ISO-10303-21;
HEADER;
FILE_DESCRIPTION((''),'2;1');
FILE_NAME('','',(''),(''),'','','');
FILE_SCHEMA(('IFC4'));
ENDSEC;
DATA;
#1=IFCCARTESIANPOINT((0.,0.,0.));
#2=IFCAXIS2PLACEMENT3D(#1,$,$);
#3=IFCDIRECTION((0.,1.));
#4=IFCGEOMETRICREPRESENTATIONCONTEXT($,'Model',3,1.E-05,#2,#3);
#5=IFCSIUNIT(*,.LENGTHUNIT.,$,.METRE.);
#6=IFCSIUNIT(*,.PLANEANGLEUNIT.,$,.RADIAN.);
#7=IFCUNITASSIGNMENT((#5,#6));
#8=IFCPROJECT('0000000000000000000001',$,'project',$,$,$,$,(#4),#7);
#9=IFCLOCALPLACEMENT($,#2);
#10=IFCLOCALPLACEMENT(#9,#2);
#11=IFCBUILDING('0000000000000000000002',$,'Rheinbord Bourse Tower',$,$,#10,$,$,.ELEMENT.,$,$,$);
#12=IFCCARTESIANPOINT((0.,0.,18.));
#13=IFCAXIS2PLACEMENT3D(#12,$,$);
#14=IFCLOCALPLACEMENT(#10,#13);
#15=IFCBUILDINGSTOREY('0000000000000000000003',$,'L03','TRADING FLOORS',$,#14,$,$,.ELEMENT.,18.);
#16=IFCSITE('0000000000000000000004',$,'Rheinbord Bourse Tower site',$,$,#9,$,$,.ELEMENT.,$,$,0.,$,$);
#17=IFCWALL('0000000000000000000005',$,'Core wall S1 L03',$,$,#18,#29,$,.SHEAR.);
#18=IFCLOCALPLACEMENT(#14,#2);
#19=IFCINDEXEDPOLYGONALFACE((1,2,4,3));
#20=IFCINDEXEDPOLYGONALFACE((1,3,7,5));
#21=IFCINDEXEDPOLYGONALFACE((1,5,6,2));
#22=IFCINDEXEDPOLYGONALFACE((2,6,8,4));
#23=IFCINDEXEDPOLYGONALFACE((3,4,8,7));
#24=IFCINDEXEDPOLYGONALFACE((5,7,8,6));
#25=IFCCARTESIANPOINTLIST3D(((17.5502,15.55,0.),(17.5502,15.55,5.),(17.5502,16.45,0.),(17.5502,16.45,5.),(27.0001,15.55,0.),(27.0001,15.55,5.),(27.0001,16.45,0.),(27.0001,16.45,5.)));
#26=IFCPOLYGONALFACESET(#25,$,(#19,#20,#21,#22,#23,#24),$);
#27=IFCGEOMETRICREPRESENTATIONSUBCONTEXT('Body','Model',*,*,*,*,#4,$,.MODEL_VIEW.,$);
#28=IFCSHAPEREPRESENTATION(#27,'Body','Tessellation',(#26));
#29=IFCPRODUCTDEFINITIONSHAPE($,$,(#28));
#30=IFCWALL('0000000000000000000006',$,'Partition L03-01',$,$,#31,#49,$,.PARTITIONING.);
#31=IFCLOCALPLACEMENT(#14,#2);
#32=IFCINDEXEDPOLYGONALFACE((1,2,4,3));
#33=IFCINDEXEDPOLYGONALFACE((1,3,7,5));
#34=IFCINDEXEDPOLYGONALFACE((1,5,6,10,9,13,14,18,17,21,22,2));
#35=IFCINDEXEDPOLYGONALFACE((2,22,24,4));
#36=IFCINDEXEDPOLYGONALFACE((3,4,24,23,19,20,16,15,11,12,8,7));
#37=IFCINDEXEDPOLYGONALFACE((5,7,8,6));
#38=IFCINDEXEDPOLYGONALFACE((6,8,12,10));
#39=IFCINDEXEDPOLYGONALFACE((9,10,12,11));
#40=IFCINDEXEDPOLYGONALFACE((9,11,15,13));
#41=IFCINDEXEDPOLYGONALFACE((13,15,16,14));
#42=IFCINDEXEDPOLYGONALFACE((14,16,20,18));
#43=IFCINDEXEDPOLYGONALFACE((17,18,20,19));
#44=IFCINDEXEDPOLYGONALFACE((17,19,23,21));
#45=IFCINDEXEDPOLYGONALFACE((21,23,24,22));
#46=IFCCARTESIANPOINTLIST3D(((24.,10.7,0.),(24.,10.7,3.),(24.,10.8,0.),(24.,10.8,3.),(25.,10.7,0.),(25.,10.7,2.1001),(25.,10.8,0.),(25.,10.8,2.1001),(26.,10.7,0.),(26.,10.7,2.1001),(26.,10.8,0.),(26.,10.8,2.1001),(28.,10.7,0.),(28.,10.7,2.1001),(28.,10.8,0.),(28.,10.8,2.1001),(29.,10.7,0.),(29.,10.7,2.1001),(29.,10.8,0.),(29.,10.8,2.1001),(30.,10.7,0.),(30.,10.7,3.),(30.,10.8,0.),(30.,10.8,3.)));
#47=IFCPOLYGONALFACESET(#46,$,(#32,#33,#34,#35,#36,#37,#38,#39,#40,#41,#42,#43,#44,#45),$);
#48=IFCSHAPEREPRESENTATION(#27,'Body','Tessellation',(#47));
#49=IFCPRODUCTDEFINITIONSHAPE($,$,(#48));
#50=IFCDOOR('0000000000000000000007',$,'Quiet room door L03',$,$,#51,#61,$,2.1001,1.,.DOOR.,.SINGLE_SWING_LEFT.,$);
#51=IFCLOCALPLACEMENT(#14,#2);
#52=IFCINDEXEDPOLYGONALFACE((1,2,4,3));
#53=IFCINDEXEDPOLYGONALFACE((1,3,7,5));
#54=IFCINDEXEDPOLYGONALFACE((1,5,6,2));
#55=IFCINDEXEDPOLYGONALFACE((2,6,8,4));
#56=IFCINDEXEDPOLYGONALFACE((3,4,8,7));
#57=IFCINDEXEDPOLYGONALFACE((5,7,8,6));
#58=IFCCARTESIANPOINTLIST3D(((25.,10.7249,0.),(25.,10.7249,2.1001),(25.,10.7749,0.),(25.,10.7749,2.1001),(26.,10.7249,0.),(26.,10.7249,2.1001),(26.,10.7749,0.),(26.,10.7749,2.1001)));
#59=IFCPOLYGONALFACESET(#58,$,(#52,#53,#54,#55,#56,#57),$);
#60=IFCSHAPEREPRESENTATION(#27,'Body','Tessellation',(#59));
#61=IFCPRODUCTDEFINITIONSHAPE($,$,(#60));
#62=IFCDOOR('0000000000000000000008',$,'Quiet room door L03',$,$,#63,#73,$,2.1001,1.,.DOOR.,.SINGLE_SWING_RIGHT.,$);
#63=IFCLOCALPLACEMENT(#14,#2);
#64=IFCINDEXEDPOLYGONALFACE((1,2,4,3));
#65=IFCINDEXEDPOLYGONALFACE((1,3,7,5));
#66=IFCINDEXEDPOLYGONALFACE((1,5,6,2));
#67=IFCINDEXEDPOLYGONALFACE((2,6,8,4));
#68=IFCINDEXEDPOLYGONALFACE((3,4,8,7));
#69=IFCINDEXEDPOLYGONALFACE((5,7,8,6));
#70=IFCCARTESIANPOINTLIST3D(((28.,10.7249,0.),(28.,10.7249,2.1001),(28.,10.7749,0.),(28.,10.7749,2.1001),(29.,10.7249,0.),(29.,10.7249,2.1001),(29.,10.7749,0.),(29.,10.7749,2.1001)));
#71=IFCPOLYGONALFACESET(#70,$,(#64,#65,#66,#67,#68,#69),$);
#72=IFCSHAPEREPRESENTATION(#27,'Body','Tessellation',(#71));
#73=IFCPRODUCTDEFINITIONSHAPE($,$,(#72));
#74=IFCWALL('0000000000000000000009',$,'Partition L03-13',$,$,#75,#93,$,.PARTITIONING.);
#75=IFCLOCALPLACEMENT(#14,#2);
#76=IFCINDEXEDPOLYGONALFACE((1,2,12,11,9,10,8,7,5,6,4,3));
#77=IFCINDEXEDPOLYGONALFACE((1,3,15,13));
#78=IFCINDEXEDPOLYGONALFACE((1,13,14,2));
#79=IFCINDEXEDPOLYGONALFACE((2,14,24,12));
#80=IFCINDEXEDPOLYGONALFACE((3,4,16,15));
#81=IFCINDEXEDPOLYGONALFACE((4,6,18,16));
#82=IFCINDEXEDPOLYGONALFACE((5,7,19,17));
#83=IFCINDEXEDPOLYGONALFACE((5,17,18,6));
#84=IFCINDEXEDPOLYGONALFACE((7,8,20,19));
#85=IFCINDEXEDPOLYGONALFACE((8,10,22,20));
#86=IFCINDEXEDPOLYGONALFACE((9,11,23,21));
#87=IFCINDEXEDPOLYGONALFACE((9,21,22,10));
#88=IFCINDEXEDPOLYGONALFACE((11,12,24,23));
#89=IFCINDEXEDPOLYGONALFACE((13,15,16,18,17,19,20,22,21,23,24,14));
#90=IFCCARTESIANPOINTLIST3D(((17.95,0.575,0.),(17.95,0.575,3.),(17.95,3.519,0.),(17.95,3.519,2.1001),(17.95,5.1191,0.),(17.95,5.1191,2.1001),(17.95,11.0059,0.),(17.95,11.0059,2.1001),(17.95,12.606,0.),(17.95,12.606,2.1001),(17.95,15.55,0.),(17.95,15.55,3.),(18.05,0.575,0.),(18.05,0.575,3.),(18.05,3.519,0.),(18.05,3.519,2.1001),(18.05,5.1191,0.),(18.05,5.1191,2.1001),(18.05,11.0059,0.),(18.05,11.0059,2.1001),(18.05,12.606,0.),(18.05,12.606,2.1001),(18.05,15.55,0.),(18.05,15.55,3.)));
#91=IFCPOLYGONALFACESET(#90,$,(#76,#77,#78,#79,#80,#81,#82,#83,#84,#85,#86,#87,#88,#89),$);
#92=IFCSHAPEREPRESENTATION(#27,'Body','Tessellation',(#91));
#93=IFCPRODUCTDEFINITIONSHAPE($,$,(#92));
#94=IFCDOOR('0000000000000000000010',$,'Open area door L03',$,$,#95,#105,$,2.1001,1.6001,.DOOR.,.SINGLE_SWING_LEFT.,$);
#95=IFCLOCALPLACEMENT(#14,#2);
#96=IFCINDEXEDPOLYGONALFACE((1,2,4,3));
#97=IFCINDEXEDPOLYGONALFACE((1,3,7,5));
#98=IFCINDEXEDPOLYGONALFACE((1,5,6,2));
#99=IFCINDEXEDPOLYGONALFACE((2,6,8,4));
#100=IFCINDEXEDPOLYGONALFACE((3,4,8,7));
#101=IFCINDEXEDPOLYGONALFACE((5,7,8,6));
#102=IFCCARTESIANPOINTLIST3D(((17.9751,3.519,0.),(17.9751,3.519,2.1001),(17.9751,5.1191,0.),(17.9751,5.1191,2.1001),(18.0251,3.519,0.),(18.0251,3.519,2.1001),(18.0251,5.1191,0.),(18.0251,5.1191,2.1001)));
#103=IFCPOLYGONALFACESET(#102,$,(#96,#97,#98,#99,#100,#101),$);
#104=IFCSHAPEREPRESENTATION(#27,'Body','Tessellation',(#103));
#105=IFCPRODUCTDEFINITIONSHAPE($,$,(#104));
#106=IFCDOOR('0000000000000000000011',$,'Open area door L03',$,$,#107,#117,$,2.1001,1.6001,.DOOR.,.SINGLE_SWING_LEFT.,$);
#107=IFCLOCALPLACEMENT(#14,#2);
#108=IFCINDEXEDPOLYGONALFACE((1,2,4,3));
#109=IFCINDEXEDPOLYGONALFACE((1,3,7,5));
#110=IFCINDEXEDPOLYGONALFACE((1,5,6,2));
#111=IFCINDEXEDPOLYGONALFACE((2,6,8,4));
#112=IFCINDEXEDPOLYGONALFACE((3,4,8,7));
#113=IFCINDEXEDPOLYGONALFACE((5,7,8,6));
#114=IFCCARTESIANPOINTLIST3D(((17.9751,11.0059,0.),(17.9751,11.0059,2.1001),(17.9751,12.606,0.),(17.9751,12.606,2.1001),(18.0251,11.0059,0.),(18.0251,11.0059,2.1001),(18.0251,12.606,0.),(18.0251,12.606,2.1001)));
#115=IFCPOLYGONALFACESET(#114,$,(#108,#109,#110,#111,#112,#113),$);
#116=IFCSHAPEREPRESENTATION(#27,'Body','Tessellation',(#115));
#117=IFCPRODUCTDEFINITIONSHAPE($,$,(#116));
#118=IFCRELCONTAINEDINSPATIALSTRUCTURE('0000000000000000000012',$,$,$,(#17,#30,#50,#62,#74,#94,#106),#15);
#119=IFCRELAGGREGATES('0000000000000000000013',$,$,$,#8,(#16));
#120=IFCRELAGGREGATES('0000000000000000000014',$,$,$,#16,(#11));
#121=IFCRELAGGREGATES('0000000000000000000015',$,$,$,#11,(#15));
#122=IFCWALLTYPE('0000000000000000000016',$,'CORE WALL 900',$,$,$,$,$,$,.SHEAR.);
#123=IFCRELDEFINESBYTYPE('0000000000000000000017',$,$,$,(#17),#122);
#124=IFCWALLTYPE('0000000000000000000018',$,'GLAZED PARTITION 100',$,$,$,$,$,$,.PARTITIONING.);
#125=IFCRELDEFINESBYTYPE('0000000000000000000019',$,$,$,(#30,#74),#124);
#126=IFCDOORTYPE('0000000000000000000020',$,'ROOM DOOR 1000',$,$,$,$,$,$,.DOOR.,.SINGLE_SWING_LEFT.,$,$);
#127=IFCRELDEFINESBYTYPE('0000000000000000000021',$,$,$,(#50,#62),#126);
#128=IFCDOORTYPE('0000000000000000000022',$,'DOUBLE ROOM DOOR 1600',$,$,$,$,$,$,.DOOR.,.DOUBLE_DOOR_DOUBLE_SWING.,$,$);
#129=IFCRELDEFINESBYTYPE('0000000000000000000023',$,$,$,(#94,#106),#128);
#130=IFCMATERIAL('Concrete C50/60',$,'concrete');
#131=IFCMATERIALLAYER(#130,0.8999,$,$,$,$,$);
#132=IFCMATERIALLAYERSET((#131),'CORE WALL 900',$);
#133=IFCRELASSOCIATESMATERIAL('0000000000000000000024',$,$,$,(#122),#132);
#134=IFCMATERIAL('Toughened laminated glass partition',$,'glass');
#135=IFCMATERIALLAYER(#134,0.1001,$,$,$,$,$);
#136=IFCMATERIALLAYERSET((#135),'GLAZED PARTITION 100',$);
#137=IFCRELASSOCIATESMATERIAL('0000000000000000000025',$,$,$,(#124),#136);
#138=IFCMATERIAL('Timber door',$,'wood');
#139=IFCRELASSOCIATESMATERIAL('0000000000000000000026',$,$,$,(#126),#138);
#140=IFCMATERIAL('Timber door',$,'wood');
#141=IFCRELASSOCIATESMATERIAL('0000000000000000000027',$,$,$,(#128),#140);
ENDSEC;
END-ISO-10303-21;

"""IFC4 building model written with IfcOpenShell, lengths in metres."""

from ifc_helpers import new_model, si_unit, direction, frame, frame_2d, origin, place, context, subcontext, project, spatial, rectangle, extrude, material, layer, layer_set, type_object, element, fill, save


model = new_model("IFC4")

# Units and contexts
model_context = context("Model", 3, precision=1e-05, world=origin(), true_north=direction((0.0, 1.0)))
body_context = subcontext(model_context, "Body", "Model", "MODEL_VIEW")
ifc_project = project(units=[si_unit("LENGTHUNIT", "METRE"), si_unit("PLANEANGLEUNIT", "RADIAN")], contexts=[model_context])

# Site, building, storey
site_placement = place(None, origin())
site = spatial("IfcSite", under=ifc_project, at=site_placement, Name="Rheinbord Bourse Tower site", CompositionType="ELEMENT", RefElevation=0.0)
building_placement = place(site_placement, origin())
building = spatial("IfcBuilding", under=site, at=building_placement, Name="Rheinbord Bourse Tower", CompositionType="ELEMENT")
storey_placement = place(building_placement, frame((0.0, 0.0, 18.0)))
storey = spatial("IfcBuildingStorey", under=building, at=storey_placement, Name="L03", Description="TRADING FLOORS", CompositionType="ELEMENT", Elevation=18.0)

# Wall
ifc_material_1 = material(Name="Concrete C50/60", Category="concrete")
ifc_layer_1 = layer(ifc_material_1, 0.8999)
ifc_layer_set_1 = layer_set([ifc_layer_1], Name="CORE WALL 900")
wall_type_1 = type_object("IfcWallType", Name="CORE WALL 900", PredefinedType="SHEAR", material=ifc_layer_set_1)
wall_1_placement = place(storey_placement, frame((17.55, 16.0, 0.0), z_axis=(0.0, 0.0, 1.0), x_axis=(1.0, 0.0, 0.0)))
element("IfcWall", 1, at=wall_1_placement, inside=storey, type_object=wall_type_1, Name="Core wall S1 L03", PredefinedType="SHEAR", context=body_context, shape_type="SweptSolid", body=[
    extrude(rectangle(XDim=9.45, YDim=0.8999, at=frame_2d((4.7251, 0.0))), origin(), (0.0, 0.0, 1.0), 5.0),
])

# Walls, openings, doors
ifc_material_2 = material(Name="Toughened laminated glass partition", Category="glass")
ifc_layer_2 = layer(ifc_material_2, 0.1001)
ifc_layer_set_2 = layer_set([ifc_layer_2], Name="GLAZED PARTITION 100")
wall_type_2 = type_object("IfcWallType", Name="GLAZED PARTITION 100", PredefinedType="PARTITIONING", material=ifc_layer_set_2)
wall_2_placement = place(storey_placement, frame((24.0, 10.75, 0.0), z_axis=(0.0, 0.0, 1.0), x_axis=(1.0, 0.0, 0.0)))
wall_2 = element("IfcWall", 2, at=wall_2_placement, inside=storey, type_object=wall_type_2, Name="Partition L03-01", PredefinedType="PARTITIONING", context=body_context, shape_type="SweptSolid", body=[
    extrude(rectangle(XDim=6.0, YDim=0.1001, at=frame_2d((3.0, 0.0))), origin(), (0.0, 0.0, 1.0), 3.0),
])
opening_1_placement = place(wall_2_placement, frame((1.0, 0.0, 0.0)))
opening_1 = element("IfcOpeningElement", 3, at=opening_1_placement, cuts=wall_2, PredefinedType="OPENING", context=body_context, shape_type="SweptSolid", body=[
    extrude(rectangle(XDim=1.0, YDim=2.1001, at=frame_2d((0.5, 1.05))), frame((0.0, 0.0601, 0.0), z_axis=(0.0, -1.0, 0.0), x_axis=(1.0, 0.0, 0.0)), (0.0, 0.0, 1.0), 0.1201),
])
opening_2_placement = place(wall_2_placement, frame((4.0, 0.0, 0.0)))
opening_2 = element("IfcOpeningElement", 4, at=opening_2_placement, cuts=wall_2, PredefinedType="OPENING", context=body_context, shape_type="SweptSolid", body=[
    extrude(rectangle(XDim=1.0, YDim=2.1001, at=frame_2d((0.5, 1.05))), frame((0.0, 0.0601, 0.0), z_axis=(0.0, -1.0, 0.0), x_axis=(1.0, 0.0, 0.0)), (0.0, 0.0, 1.0), 0.1201),
])
ifc_material_3 = material(Name="Timber door", Category="wood")
door_type_1 = type_object("IfcDoorType", Name="ROOM DOOR 1000", OperationType="SINGLE_SWING_LEFT", PredefinedType="DOOR", material=ifc_material_3)
door_1_placement = place(opening_1_placement, origin())
door_1 = element("IfcDoor", 5, at=door_1_placement, inside=storey, type_object=door_type_1, Name="Quiet room door L03", OperationType="SINGLE_SWING_LEFT", OverallHeight=2.1001, OverallWidth=1.0, PredefinedType="DOOR", context=body_context, shape_type="SweptSolid", body=[
    extrude(rectangle(XDim=1.0, YDim=2.1001, at=frame_2d((0.5, 1.05))), frame((0.0, 0.0249, 0.0), z_axis=(0.0, -1.0, 0.0), x_axis=(1.0, 0.0, 0.0)), (0.0, 0.0, 1.0), 0.05),
])
fill(opening_1, door_1)
door_2_placement = place(opening_2_placement, origin())
door_2 = element("IfcDoor", 6, at=door_2_placement, inside=storey, type_object=door_type_1, Name="Quiet room door L03", OperationType="SINGLE_SWING_RIGHT", OverallHeight=2.1001, OverallWidth=1.0, PredefinedType="DOOR", context=body_context, shape_type="SweptSolid", body=[
    extrude(rectangle(XDim=1.0, YDim=2.1001, at=frame_2d((0.5, 1.05))), frame((0.0, 0.0249, 0.0), z_axis=(0.0, -1.0, 0.0), x_axis=(1.0, 0.0, 0.0)), (0.0, 0.0, 1.0), 0.05),
])
fill(opening_2, door_2)
wall_3_placement = place(storey_placement, frame((18.0, 0.575, 0.0), z_axis=(0.0, 0.0, 1.0), x_axis=(0.0, 1.0, 0.0)))
wall_3 = element("IfcWall", 7, at=wall_3_placement, inside=storey, type_object=wall_type_2, Name="Partition L03-13", PredefinedType="PARTITIONING", context=body_context, shape_type="SweptSolid", body=[
    extrude(rectangle(XDim=14.9751, YDim=0.1001, at=frame_2d((7.4875, 0.0))), origin(), (0.0, 0.0, 1.0), 3.0),
])
opening_3_placement = place(wall_3_placement, frame((2.9441, 0.0, 0.0)))
opening_3 = element("IfcOpeningElement", 8, at=opening_3_placement, cuts=wall_3, PredefinedType="OPENING", context=body_context, shape_type="SweptSolid", body=[
    extrude(rectangle(XDim=1.6001, YDim=2.1001, at=frame_2d((0.8, 1.05))), frame((0.0, 0.0601, 0.0), z_axis=(0.0, -1.0, 0.0), x_axis=(1.0, 0.0, 0.0)), (0.0, 0.0, 1.0), 0.1201),
])
opening_4_placement = place(wall_3_placement, frame((10.4309, 0.0, 0.0)))
opening_4 = element("IfcOpeningElement", 9, at=opening_4_placement, cuts=wall_3, PredefinedType="OPENING", context=body_context, shape_type="SweptSolid", body=[
    extrude(rectangle(XDim=1.6001, YDim=2.1001, at=frame_2d((0.8, 1.05))), frame((0.0, 0.0601, 0.0), z_axis=(0.0, -1.0, 0.0), x_axis=(1.0, 0.0, 0.0)), (0.0, 0.0, 1.0), 0.1201),
])
ifc_material_4 = material(Name="Timber door", Category="wood")
door_type_2 = type_object("IfcDoorType", Name="DOUBLE ROOM DOOR 1600", OperationType="DOUBLE_DOOR_DOUBLE_SWING", PredefinedType="DOOR", material=ifc_material_4)
door_3_placement = place(opening_3_placement, origin())
door_3 = element("IfcDoor", 10, at=door_3_placement, inside=storey, type_object=door_type_2, Name="Open area door L03", OperationType="SINGLE_SWING_LEFT", OverallHeight=2.1001, OverallWidth=1.6001, PredefinedType="DOOR", context=body_context, shape_type="SweptSolid", body=[
    extrude(rectangle(XDim=1.6001, YDim=2.1001, at=frame_2d((0.8, 1.05))), frame((0.0, 0.0249, 0.0), z_axis=(0.0, -1.0, 0.0), x_axis=(1.0, 0.0, 0.0)), (0.0, 0.0, 1.0), 0.05),
])
fill(opening_3, door_3)
door_4_placement = place(opening_4_placement, origin())
door_4 = element("IfcDoor", 11, at=door_4_placement, inside=storey, type_object=door_type_2, Name="Open area door L03", OperationType="SINGLE_SWING_LEFT", OverallHeight=2.1001, OverallWidth=1.6001, PredefinedType="DOOR", context=body_context, shape_type="SweptSolid", body=[
    extrude(rectangle(XDim=1.6001, YDim=2.1001, at=frame_2d((0.8, 1.05))), frame((0.0, 0.0249, 0.0), z_axis=(0.0, -1.0, 0.0), x_axis=(1.0, 0.0, 0.0)), (0.0, 0.0, 1.0), 0.05),
])
fill(opening_4, door_4)

save(model, "model.ifc")
